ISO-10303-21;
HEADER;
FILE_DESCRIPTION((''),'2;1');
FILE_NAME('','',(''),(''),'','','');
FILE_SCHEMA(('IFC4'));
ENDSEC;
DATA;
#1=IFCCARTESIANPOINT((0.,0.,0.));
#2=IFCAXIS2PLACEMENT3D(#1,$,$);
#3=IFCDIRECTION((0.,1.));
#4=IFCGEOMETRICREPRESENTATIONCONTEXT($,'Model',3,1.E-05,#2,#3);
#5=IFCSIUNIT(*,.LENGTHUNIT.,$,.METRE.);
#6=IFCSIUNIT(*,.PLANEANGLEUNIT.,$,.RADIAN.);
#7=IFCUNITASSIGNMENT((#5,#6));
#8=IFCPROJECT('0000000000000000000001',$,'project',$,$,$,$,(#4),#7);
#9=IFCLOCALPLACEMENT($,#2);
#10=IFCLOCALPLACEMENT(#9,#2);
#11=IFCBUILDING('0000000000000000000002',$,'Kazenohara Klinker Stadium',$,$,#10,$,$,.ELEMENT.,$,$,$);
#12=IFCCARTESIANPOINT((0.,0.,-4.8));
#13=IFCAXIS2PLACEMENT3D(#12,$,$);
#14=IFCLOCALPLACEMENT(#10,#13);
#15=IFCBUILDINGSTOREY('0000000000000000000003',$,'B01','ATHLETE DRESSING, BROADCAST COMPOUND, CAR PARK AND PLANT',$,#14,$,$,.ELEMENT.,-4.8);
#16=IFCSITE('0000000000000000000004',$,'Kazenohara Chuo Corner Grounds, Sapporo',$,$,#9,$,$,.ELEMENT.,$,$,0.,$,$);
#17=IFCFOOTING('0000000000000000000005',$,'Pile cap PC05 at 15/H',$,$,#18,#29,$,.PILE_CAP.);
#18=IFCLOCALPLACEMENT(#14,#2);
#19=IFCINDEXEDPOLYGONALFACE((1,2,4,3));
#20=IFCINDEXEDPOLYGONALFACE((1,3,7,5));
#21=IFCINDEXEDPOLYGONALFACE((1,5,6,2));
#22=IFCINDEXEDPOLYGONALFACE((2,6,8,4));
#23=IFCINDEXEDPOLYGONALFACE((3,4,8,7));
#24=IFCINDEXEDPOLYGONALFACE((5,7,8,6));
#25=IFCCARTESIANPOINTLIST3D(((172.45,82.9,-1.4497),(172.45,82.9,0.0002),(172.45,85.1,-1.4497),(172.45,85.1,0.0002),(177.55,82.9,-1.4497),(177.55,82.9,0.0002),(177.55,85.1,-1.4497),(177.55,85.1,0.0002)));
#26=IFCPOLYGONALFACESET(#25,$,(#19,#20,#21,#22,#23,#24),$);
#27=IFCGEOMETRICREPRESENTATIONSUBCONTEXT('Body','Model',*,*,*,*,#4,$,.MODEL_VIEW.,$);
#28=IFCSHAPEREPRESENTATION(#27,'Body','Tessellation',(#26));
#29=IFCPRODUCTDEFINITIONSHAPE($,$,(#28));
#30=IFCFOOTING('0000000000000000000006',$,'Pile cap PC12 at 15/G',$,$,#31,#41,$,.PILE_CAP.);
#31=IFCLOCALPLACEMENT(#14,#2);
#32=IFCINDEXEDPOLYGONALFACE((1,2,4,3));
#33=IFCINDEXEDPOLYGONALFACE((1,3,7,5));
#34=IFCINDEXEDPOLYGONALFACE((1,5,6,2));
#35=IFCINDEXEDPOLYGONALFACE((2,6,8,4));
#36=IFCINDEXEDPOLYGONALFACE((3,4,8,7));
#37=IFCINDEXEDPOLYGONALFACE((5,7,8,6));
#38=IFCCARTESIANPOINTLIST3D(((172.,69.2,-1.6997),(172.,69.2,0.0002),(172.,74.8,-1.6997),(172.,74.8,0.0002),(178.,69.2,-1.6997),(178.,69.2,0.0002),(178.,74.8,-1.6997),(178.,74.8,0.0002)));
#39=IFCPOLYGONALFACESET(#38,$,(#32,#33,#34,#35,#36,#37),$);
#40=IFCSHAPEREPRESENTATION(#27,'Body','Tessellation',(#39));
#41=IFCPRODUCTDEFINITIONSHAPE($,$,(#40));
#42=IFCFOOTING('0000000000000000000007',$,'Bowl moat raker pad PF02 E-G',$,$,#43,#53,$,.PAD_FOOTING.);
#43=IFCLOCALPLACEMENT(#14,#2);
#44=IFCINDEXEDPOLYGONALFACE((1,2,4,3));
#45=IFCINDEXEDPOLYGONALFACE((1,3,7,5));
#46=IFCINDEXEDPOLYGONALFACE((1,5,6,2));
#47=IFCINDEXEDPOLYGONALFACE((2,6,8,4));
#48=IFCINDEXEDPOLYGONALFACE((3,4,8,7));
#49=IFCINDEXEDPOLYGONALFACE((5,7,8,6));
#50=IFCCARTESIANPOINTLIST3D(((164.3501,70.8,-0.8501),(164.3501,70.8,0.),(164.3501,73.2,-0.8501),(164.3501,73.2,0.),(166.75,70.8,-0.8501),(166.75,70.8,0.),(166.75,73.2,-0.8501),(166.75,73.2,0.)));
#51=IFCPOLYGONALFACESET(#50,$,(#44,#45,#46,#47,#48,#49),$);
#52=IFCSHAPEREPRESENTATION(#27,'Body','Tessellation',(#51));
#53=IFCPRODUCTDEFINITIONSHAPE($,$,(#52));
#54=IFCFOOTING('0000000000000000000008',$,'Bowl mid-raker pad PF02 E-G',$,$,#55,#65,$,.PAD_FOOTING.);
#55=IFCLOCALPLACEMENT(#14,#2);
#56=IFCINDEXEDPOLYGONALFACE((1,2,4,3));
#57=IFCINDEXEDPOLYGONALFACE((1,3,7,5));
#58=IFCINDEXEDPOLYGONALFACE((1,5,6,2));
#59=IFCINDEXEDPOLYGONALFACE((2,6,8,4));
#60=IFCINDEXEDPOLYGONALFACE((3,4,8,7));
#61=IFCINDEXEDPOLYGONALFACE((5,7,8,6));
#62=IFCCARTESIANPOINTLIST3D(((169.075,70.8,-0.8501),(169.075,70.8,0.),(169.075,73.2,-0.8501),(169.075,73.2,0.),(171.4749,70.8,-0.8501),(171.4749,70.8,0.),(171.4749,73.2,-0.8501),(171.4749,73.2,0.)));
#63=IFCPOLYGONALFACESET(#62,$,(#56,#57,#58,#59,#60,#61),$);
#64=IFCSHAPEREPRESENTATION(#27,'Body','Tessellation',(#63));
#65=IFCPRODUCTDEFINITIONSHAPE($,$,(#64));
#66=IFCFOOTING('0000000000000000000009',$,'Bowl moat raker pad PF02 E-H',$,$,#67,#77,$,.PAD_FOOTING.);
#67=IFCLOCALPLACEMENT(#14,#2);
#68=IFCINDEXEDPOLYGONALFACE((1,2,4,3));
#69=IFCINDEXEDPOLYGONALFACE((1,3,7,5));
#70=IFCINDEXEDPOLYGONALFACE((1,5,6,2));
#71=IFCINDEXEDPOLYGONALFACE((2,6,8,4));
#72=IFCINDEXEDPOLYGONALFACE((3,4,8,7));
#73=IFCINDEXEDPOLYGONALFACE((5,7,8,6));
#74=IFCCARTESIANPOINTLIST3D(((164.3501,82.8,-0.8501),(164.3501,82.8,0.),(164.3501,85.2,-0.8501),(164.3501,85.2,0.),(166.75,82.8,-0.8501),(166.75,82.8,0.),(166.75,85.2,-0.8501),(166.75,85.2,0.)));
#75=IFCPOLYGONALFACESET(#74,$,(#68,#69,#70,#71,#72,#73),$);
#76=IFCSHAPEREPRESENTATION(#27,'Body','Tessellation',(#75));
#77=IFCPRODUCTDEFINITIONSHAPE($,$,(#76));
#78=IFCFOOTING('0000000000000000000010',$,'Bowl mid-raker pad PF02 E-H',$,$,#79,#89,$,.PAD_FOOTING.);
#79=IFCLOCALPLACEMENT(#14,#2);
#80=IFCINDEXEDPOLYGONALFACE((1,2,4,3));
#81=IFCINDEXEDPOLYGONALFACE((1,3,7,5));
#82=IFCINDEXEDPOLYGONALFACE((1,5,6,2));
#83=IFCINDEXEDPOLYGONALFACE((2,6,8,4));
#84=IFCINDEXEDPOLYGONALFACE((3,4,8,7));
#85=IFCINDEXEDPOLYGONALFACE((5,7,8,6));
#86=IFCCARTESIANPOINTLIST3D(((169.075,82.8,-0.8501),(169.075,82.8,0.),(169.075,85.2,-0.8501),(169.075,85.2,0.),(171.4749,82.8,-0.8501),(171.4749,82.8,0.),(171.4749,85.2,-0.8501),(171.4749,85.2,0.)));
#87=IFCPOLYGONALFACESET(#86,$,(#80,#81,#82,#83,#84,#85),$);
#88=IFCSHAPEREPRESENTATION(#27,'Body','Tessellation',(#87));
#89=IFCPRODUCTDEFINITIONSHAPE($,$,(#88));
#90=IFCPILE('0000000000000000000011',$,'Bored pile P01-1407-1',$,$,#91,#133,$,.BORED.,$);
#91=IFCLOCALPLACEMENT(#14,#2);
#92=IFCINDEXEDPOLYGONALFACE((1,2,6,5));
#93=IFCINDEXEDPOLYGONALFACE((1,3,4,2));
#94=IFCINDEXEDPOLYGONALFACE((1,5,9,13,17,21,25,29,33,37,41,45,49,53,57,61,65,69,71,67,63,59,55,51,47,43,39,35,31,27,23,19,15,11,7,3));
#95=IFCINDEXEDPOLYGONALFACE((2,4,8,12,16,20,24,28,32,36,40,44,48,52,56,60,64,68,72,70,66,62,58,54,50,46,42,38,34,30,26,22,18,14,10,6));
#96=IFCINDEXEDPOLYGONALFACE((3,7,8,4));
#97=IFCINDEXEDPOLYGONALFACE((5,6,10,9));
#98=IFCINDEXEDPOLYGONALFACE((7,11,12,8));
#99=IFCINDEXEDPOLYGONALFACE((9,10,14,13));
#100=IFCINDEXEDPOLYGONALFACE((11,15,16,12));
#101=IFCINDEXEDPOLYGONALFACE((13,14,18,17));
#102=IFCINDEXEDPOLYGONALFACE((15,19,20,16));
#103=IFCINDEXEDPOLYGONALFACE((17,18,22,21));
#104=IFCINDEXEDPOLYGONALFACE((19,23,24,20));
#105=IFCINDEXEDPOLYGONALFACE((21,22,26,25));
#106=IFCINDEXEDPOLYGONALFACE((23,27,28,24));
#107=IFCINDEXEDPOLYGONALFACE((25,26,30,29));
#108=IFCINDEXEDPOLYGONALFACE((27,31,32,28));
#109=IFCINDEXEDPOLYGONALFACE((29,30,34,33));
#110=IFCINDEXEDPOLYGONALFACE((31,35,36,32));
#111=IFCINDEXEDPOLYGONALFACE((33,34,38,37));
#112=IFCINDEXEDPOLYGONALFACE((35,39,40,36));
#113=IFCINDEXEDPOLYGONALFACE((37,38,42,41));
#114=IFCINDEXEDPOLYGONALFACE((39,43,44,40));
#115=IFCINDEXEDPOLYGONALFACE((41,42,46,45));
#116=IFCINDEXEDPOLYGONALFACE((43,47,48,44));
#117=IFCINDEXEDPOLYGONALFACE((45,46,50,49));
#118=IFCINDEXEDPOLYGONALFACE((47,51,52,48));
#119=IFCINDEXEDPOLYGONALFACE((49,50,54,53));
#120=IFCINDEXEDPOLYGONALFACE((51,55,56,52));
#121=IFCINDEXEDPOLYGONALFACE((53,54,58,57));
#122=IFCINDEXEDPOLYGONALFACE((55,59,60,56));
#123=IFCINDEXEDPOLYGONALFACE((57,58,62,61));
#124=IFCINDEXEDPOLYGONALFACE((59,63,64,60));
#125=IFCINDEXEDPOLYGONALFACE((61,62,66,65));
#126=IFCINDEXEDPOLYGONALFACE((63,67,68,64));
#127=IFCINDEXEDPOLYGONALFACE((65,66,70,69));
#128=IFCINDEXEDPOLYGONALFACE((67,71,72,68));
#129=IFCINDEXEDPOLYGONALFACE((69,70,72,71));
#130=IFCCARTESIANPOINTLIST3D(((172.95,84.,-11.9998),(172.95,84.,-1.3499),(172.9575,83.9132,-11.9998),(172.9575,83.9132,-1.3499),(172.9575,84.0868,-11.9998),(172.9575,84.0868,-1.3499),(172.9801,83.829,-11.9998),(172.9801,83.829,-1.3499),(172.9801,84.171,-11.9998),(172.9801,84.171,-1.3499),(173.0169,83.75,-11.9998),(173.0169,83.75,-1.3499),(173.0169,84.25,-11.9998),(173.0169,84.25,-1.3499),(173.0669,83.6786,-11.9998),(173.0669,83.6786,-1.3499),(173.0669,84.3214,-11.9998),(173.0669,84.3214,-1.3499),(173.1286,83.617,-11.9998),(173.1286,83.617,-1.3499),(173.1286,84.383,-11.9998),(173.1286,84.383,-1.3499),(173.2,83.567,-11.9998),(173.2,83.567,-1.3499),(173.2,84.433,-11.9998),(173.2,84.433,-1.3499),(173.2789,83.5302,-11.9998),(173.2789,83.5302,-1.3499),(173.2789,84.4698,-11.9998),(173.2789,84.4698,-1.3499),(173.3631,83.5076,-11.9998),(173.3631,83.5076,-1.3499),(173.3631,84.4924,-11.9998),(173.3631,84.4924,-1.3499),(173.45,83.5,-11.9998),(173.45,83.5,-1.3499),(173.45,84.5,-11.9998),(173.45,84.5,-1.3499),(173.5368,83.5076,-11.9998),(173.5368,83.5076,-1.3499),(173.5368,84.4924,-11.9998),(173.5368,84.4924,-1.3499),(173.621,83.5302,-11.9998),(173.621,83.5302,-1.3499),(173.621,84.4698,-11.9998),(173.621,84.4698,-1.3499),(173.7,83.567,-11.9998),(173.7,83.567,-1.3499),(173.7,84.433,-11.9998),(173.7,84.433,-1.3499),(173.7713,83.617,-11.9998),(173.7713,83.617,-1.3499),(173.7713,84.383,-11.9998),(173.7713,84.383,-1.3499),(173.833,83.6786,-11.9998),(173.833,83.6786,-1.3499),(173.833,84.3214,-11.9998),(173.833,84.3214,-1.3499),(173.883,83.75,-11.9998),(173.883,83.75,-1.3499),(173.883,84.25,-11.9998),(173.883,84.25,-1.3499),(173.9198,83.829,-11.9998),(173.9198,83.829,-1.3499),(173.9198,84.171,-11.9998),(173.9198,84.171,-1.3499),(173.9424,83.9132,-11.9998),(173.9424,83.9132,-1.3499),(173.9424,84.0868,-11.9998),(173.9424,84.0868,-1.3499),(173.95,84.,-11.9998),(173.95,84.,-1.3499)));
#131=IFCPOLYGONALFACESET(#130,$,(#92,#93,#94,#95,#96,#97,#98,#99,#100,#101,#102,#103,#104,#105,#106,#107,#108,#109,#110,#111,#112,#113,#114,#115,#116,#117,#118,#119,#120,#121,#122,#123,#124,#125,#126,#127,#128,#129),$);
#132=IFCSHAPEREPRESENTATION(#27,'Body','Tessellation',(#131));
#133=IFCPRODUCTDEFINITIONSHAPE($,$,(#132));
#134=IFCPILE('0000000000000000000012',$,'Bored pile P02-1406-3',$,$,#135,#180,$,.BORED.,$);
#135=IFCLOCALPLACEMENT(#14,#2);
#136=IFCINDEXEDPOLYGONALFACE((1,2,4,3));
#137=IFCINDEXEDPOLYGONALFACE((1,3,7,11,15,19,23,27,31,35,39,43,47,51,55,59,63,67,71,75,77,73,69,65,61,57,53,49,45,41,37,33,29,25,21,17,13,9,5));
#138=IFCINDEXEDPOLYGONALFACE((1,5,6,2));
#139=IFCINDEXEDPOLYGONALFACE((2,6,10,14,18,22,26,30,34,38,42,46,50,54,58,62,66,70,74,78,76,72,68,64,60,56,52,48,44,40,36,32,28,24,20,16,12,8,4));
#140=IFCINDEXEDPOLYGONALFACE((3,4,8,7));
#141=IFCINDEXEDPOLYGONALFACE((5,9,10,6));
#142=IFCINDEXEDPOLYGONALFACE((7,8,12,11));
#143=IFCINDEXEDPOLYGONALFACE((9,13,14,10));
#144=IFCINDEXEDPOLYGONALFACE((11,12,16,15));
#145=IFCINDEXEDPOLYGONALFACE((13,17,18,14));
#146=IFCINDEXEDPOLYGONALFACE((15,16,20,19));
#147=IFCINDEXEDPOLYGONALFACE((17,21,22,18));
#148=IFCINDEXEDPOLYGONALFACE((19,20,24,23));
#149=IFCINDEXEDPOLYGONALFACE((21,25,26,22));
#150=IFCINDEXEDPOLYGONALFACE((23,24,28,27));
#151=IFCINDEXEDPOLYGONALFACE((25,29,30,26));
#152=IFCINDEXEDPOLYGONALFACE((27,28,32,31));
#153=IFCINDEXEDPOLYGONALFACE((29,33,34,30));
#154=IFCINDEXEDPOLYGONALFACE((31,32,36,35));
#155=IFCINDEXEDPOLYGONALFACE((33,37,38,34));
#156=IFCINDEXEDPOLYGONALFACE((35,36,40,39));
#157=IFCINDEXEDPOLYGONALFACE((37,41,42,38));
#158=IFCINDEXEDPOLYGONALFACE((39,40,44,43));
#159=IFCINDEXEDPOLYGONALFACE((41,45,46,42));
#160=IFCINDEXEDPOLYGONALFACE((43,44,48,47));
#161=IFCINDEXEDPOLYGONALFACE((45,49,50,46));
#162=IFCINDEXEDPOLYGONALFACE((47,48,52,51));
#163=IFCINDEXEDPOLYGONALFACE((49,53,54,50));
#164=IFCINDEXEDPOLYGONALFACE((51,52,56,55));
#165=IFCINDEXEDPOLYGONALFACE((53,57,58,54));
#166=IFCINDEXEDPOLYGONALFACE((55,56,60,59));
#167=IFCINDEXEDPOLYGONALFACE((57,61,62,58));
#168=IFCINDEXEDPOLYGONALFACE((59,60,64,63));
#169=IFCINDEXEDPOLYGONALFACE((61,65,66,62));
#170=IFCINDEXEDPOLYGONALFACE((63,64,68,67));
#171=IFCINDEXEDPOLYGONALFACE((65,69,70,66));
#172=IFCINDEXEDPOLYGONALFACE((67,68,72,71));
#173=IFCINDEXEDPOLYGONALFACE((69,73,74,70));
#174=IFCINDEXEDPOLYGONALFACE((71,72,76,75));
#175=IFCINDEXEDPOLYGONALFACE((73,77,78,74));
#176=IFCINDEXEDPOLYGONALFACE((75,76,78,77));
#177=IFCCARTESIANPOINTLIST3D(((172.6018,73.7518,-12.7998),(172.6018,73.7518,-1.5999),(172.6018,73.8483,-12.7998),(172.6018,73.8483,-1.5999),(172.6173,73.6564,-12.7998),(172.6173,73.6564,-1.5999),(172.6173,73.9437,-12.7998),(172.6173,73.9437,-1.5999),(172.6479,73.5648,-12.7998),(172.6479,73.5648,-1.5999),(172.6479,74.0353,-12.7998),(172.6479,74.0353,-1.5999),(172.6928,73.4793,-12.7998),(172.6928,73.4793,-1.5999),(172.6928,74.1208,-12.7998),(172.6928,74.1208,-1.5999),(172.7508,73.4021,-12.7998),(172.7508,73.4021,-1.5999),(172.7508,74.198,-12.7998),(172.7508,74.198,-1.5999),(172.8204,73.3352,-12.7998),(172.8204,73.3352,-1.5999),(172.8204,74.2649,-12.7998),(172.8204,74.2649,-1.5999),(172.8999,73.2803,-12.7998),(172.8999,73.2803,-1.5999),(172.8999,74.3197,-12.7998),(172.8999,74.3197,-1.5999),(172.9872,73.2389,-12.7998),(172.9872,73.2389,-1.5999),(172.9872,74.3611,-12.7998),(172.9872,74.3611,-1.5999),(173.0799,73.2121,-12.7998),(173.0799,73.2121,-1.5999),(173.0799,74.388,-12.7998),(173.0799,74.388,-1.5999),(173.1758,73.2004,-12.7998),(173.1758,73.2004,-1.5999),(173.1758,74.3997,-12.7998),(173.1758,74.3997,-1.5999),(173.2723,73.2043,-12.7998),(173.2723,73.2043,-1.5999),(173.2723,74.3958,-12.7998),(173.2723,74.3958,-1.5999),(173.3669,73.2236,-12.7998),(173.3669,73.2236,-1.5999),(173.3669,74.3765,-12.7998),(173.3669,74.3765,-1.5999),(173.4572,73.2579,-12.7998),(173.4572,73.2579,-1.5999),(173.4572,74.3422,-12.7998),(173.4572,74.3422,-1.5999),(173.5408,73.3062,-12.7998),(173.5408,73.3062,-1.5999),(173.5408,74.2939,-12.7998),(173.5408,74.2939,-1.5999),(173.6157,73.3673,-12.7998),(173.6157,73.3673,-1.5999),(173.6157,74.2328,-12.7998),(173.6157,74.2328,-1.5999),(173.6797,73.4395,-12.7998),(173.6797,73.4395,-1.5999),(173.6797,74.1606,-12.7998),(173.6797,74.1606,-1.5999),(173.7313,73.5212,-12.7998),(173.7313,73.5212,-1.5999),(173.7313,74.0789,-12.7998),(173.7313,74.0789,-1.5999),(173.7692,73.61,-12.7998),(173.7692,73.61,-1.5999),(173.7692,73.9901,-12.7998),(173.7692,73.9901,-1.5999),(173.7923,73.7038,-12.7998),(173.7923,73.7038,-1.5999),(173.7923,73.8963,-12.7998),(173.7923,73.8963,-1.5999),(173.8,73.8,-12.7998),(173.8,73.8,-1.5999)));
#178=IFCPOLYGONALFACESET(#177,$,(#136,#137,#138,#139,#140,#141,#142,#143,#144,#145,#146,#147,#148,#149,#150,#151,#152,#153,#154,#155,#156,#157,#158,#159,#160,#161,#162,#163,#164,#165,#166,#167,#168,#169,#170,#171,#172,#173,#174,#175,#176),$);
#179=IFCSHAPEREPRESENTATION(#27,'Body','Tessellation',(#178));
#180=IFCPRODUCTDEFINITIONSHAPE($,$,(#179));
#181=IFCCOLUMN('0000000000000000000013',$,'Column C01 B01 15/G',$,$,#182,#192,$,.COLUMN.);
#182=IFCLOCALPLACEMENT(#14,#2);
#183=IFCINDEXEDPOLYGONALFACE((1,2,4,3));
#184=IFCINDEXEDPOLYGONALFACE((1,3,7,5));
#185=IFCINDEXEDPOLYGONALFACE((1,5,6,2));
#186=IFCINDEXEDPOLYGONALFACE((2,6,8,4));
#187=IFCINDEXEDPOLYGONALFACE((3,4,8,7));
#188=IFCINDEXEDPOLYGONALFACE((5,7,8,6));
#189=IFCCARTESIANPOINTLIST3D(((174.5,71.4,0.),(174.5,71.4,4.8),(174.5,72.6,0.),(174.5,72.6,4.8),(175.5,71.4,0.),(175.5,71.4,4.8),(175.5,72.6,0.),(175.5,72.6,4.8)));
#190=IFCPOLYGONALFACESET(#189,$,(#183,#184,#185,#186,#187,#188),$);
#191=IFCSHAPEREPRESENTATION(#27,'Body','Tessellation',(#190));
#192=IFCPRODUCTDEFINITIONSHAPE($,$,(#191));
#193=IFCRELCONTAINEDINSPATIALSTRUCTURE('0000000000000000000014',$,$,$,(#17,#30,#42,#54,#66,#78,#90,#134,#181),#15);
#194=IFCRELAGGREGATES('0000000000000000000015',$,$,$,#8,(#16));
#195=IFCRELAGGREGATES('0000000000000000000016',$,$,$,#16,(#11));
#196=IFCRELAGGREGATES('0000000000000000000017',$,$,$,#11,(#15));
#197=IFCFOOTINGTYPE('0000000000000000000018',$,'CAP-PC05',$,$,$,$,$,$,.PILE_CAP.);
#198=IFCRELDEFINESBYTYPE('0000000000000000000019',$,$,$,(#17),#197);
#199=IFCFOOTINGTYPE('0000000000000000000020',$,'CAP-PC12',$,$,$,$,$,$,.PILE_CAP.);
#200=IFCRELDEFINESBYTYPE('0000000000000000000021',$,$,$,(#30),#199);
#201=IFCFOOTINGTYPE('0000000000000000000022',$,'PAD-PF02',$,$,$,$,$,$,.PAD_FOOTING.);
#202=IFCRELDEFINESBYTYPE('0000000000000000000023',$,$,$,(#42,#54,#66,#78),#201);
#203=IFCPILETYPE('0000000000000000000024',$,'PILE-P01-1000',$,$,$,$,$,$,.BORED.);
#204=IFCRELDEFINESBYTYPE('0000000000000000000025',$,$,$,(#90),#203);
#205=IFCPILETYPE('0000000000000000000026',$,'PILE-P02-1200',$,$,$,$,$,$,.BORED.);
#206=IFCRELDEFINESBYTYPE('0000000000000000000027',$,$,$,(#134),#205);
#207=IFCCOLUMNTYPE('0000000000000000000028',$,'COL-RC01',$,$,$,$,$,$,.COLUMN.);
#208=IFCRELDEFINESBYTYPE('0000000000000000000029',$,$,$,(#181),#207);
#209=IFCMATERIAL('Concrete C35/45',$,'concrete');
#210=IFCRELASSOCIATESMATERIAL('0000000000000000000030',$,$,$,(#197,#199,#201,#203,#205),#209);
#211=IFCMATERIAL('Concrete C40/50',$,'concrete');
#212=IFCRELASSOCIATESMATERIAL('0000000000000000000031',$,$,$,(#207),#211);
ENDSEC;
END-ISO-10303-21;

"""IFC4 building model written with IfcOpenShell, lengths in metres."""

from ifc_helpers import new_model, si_unit, direction, frame, origin, origin_2d, place, context, subcontext, project, spatial, rectangle, circle, extrude, material, material_profile, profile_set, type_object, element, save


model = new_model("IFC4")

# Units and contexts
model_context = context("Model", 3, precision=1e-05, world=origin(), true_north=direction((0.0, 1.0)))
body_context = subcontext(model_context, "Body", "Model", "MODEL_VIEW")
ifc_project = project(units=[si_unit("LENGTHUNIT", "METRE"), si_unit("PLANEANGLEUNIT", "RADIAN")], contexts=[model_context])

# Site, building, storey
site_placement = place(None, origin())
site = spatial("IfcSite", under=ifc_project, at=site_placement, Name="Kazenohara Chuo Corner Grounds, Sapporo", CompositionType="ELEMENT", RefElevation=0.0)
building_placement = place(site_placement, origin())
building = spatial("IfcBuilding", under=site, at=building_placement, Name="Kazenohara Klinker Stadium", CompositionType="ELEMENT")
storey_placement = place(building_placement, frame((0.0, 0.0, -4.8)))
storey = spatial("IfcBuildingStorey", under=building, at=storey_placement, Name="B01", Description="ATHLETE DRESSING, BROADCAST COMPOUND, CAR PARK AND PLANT", CompositionType="ELEMENT", Elevation=-4.8)

# Footings
ifc_material_1 = material(Name="Concrete C35/45", Category="concrete")
footing_type_1 = type_object("IfcFootingType", Name="CAP-PC05", PredefinedType="PILE_CAP", material=ifc_material_1)
footing_1_placement = place(storey_placement, frame((175.0, 84.0, -1.4497), z_axis=(0.0, 0.0, 1.0), x_axis=(1.0, 0.0, 0.0)))
element("IfcFooting", 1, at=footing_1_placement, inside=storey, type_object=footing_type_1, Name="Pile cap PC05 at 15/H", PredefinedType="PILE_CAP", context=body_context, shape_type="SweptSolid", body=[
    extrude(rectangle(XDim=5.1001, YDim=2.2, at=origin_2d()), origin(), (0.0, 0.0, 1.0), 1.45),
])
footing_type_2 = type_object("IfcFootingType", Name="CAP-PC12", PredefinedType="PILE_CAP", material=ifc_material_1)
footing_2_placement = place(storey_placement, frame((175.0, 72.0, -1.6997), z_axis=(0.0, 0.0, 1.0), x_axis=(1.0, 0.0, 0.0)))
element("IfcFooting", 2, at=footing_2_placement, inside=storey, type_object=footing_type_2, Name="Pile cap PC12 at 15/G", PredefinedType="PILE_CAP", context=body_context, shape_type="SweptSolid", body=[
    extrude(rectangle(XDim=6.0, YDim=5.6001, at=origin_2d()), origin(), (0.0, 0.0, 1.0), 1.7),
])
footing_type_3 = type_object("IfcFootingType", Name="PAD-PF02", PredefinedType="PAD_FOOTING", material=ifc_material_1)
for number, where, z_axis, x_axis, name in (
    (3, (165.55, 72.0, -0.8501), (0.0, 0.0, 1.0), (1.0, 0.0, 0.0), "Bowl moat raker pad PF02 E-G"),
    (4, (170.2749, 72.0, -0.8501), (0.0, 0.0, 1.0), (1.0, 0.0, 0.0), "Bowl mid-raker pad PF02 E-G"),
    (5, (165.55, 84.0, -0.8501), (0.0, 0.0, 1.0), (1.0, 0.0, 0.0), "Bowl moat raker pad PF02 E-H"),
    (6, (170.2749, 84.0, -0.8501), (0.0, 0.0, 1.0), (1.0, 0.0, 0.0), "Bowl mid-raker pad PF02 E-H"),
):
    element("IfcFooting", number, at=place(storey_placement, frame(where, z_axis=z_axis, x_axis=x_axis)), inside=storey, type_object=footing_type_3, Name=name, PredefinedType="PAD_FOOTING", context=body_context, shape_type="SweptSolid", body=[
        extrude(rectangle(XDim=2.3999, YDim=2.3999, at=origin_2d()), origin(), (0.0, 0.0, 1.0), 0.8501),
    ])

# Piles
ifc_material_profile_1 = material_profile(ifc_material_1, circle(Radius=0.5, at=origin_2d()), Name="BORED-PILE-1000")
ifc_profile_set_1 = profile_set([ifc_material_profile_1], Name="Concrete C35/45")
pile_type_1 = type_object("IfcPileType", Name="PILE-P01-1000", PredefinedType="BORED", material=ifc_profile_set_1)
pile_1_placement = place(storey_placement, frame((173.45, 84.0, -1.3499), z_axis=(0.0, 0.0, -1.0), x_axis=(1.0, 0.0, 0.0)))
element("IfcPile", 7, at=pile_1_placement, inside=storey, type_object=pile_type_1, Name="Bored pile P01-1407-1", PredefinedType="BORED", context=body_context, shape_type="SweptSolid", body=[
    extrude(circle(Radius=0.5, at=origin_2d()), origin(), (0.0, 0.0, 1.0), 10.6499),
])
ifc_material_profile_2 = material_profile(ifc_material_1, circle(Radius=0.6001, at=origin_2d()), Name="BORED-PILE-1200")
ifc_profile_set_2 = profile_set([ifc_material_profile_2], Name="Concrete C35/45")
pile_type_2 = type_object("IfcPileType", Name="PILE-P02-1200", PredefinedType="BORED", material=ifc_profile_set_2)
pile_2_placement = place(storey_placement, frame((173.2, 73.8, -1.5999), z_axis=(0.0, 0.0, -1.0), x_axis=(1.0, 0.0, 0.0)))
element("IfcPile", 8, at=pile_2_placement, inside=storey, type_object=pile_type_2, Name="Bored pile P02-1406-3", PredefinedType="BORED", context=body_context, shape_type="SweptSolid", body=[
    extrude(circle(Radius=0.6001, at=origin_2d()), origin(), (0.0, 0.0, 1.0), 11.2),
])

# Column
ifc_material_2 = material(Name="Concrete C40/50", Category="concrete")
ifc_material_profile_3 = material_profile(ifc_material_2, rectangle(XDim=1.0, YDim=1.2, at=origin_2d()), Name="RC-COL-1200x1000")
ifc_profile_set_3 = profile_set([ifc_material_profile_3], Name="Concrete C40/50")
column_type_1 = type_object("IfcColumnType", Name="COL-RC01", PredefinedType="COLUMN", material=ifc_profile_set_3)
column_1_placement = place(storey_placement, frame((175.0, 72.0, 0.0), z_axis=(0.0, 0.0, 1.0), x_axis=(1.0, 0.0, 0.0)))
element("IfcColumn", 9, at=column_1_placement, inside=storey, type_object=column_type_1, Name="Column C01 B01 15/G", PredefinedType="COLUMN", context=body_context, shape_type="SweptSolid", body=[
    extrude(rectangle(XDim=1.0, YDim=1.2, at=origin_2d()), origin(), (0.0, 0.0, 1.0), 4.8),
])

save(model, "model.ifc")
